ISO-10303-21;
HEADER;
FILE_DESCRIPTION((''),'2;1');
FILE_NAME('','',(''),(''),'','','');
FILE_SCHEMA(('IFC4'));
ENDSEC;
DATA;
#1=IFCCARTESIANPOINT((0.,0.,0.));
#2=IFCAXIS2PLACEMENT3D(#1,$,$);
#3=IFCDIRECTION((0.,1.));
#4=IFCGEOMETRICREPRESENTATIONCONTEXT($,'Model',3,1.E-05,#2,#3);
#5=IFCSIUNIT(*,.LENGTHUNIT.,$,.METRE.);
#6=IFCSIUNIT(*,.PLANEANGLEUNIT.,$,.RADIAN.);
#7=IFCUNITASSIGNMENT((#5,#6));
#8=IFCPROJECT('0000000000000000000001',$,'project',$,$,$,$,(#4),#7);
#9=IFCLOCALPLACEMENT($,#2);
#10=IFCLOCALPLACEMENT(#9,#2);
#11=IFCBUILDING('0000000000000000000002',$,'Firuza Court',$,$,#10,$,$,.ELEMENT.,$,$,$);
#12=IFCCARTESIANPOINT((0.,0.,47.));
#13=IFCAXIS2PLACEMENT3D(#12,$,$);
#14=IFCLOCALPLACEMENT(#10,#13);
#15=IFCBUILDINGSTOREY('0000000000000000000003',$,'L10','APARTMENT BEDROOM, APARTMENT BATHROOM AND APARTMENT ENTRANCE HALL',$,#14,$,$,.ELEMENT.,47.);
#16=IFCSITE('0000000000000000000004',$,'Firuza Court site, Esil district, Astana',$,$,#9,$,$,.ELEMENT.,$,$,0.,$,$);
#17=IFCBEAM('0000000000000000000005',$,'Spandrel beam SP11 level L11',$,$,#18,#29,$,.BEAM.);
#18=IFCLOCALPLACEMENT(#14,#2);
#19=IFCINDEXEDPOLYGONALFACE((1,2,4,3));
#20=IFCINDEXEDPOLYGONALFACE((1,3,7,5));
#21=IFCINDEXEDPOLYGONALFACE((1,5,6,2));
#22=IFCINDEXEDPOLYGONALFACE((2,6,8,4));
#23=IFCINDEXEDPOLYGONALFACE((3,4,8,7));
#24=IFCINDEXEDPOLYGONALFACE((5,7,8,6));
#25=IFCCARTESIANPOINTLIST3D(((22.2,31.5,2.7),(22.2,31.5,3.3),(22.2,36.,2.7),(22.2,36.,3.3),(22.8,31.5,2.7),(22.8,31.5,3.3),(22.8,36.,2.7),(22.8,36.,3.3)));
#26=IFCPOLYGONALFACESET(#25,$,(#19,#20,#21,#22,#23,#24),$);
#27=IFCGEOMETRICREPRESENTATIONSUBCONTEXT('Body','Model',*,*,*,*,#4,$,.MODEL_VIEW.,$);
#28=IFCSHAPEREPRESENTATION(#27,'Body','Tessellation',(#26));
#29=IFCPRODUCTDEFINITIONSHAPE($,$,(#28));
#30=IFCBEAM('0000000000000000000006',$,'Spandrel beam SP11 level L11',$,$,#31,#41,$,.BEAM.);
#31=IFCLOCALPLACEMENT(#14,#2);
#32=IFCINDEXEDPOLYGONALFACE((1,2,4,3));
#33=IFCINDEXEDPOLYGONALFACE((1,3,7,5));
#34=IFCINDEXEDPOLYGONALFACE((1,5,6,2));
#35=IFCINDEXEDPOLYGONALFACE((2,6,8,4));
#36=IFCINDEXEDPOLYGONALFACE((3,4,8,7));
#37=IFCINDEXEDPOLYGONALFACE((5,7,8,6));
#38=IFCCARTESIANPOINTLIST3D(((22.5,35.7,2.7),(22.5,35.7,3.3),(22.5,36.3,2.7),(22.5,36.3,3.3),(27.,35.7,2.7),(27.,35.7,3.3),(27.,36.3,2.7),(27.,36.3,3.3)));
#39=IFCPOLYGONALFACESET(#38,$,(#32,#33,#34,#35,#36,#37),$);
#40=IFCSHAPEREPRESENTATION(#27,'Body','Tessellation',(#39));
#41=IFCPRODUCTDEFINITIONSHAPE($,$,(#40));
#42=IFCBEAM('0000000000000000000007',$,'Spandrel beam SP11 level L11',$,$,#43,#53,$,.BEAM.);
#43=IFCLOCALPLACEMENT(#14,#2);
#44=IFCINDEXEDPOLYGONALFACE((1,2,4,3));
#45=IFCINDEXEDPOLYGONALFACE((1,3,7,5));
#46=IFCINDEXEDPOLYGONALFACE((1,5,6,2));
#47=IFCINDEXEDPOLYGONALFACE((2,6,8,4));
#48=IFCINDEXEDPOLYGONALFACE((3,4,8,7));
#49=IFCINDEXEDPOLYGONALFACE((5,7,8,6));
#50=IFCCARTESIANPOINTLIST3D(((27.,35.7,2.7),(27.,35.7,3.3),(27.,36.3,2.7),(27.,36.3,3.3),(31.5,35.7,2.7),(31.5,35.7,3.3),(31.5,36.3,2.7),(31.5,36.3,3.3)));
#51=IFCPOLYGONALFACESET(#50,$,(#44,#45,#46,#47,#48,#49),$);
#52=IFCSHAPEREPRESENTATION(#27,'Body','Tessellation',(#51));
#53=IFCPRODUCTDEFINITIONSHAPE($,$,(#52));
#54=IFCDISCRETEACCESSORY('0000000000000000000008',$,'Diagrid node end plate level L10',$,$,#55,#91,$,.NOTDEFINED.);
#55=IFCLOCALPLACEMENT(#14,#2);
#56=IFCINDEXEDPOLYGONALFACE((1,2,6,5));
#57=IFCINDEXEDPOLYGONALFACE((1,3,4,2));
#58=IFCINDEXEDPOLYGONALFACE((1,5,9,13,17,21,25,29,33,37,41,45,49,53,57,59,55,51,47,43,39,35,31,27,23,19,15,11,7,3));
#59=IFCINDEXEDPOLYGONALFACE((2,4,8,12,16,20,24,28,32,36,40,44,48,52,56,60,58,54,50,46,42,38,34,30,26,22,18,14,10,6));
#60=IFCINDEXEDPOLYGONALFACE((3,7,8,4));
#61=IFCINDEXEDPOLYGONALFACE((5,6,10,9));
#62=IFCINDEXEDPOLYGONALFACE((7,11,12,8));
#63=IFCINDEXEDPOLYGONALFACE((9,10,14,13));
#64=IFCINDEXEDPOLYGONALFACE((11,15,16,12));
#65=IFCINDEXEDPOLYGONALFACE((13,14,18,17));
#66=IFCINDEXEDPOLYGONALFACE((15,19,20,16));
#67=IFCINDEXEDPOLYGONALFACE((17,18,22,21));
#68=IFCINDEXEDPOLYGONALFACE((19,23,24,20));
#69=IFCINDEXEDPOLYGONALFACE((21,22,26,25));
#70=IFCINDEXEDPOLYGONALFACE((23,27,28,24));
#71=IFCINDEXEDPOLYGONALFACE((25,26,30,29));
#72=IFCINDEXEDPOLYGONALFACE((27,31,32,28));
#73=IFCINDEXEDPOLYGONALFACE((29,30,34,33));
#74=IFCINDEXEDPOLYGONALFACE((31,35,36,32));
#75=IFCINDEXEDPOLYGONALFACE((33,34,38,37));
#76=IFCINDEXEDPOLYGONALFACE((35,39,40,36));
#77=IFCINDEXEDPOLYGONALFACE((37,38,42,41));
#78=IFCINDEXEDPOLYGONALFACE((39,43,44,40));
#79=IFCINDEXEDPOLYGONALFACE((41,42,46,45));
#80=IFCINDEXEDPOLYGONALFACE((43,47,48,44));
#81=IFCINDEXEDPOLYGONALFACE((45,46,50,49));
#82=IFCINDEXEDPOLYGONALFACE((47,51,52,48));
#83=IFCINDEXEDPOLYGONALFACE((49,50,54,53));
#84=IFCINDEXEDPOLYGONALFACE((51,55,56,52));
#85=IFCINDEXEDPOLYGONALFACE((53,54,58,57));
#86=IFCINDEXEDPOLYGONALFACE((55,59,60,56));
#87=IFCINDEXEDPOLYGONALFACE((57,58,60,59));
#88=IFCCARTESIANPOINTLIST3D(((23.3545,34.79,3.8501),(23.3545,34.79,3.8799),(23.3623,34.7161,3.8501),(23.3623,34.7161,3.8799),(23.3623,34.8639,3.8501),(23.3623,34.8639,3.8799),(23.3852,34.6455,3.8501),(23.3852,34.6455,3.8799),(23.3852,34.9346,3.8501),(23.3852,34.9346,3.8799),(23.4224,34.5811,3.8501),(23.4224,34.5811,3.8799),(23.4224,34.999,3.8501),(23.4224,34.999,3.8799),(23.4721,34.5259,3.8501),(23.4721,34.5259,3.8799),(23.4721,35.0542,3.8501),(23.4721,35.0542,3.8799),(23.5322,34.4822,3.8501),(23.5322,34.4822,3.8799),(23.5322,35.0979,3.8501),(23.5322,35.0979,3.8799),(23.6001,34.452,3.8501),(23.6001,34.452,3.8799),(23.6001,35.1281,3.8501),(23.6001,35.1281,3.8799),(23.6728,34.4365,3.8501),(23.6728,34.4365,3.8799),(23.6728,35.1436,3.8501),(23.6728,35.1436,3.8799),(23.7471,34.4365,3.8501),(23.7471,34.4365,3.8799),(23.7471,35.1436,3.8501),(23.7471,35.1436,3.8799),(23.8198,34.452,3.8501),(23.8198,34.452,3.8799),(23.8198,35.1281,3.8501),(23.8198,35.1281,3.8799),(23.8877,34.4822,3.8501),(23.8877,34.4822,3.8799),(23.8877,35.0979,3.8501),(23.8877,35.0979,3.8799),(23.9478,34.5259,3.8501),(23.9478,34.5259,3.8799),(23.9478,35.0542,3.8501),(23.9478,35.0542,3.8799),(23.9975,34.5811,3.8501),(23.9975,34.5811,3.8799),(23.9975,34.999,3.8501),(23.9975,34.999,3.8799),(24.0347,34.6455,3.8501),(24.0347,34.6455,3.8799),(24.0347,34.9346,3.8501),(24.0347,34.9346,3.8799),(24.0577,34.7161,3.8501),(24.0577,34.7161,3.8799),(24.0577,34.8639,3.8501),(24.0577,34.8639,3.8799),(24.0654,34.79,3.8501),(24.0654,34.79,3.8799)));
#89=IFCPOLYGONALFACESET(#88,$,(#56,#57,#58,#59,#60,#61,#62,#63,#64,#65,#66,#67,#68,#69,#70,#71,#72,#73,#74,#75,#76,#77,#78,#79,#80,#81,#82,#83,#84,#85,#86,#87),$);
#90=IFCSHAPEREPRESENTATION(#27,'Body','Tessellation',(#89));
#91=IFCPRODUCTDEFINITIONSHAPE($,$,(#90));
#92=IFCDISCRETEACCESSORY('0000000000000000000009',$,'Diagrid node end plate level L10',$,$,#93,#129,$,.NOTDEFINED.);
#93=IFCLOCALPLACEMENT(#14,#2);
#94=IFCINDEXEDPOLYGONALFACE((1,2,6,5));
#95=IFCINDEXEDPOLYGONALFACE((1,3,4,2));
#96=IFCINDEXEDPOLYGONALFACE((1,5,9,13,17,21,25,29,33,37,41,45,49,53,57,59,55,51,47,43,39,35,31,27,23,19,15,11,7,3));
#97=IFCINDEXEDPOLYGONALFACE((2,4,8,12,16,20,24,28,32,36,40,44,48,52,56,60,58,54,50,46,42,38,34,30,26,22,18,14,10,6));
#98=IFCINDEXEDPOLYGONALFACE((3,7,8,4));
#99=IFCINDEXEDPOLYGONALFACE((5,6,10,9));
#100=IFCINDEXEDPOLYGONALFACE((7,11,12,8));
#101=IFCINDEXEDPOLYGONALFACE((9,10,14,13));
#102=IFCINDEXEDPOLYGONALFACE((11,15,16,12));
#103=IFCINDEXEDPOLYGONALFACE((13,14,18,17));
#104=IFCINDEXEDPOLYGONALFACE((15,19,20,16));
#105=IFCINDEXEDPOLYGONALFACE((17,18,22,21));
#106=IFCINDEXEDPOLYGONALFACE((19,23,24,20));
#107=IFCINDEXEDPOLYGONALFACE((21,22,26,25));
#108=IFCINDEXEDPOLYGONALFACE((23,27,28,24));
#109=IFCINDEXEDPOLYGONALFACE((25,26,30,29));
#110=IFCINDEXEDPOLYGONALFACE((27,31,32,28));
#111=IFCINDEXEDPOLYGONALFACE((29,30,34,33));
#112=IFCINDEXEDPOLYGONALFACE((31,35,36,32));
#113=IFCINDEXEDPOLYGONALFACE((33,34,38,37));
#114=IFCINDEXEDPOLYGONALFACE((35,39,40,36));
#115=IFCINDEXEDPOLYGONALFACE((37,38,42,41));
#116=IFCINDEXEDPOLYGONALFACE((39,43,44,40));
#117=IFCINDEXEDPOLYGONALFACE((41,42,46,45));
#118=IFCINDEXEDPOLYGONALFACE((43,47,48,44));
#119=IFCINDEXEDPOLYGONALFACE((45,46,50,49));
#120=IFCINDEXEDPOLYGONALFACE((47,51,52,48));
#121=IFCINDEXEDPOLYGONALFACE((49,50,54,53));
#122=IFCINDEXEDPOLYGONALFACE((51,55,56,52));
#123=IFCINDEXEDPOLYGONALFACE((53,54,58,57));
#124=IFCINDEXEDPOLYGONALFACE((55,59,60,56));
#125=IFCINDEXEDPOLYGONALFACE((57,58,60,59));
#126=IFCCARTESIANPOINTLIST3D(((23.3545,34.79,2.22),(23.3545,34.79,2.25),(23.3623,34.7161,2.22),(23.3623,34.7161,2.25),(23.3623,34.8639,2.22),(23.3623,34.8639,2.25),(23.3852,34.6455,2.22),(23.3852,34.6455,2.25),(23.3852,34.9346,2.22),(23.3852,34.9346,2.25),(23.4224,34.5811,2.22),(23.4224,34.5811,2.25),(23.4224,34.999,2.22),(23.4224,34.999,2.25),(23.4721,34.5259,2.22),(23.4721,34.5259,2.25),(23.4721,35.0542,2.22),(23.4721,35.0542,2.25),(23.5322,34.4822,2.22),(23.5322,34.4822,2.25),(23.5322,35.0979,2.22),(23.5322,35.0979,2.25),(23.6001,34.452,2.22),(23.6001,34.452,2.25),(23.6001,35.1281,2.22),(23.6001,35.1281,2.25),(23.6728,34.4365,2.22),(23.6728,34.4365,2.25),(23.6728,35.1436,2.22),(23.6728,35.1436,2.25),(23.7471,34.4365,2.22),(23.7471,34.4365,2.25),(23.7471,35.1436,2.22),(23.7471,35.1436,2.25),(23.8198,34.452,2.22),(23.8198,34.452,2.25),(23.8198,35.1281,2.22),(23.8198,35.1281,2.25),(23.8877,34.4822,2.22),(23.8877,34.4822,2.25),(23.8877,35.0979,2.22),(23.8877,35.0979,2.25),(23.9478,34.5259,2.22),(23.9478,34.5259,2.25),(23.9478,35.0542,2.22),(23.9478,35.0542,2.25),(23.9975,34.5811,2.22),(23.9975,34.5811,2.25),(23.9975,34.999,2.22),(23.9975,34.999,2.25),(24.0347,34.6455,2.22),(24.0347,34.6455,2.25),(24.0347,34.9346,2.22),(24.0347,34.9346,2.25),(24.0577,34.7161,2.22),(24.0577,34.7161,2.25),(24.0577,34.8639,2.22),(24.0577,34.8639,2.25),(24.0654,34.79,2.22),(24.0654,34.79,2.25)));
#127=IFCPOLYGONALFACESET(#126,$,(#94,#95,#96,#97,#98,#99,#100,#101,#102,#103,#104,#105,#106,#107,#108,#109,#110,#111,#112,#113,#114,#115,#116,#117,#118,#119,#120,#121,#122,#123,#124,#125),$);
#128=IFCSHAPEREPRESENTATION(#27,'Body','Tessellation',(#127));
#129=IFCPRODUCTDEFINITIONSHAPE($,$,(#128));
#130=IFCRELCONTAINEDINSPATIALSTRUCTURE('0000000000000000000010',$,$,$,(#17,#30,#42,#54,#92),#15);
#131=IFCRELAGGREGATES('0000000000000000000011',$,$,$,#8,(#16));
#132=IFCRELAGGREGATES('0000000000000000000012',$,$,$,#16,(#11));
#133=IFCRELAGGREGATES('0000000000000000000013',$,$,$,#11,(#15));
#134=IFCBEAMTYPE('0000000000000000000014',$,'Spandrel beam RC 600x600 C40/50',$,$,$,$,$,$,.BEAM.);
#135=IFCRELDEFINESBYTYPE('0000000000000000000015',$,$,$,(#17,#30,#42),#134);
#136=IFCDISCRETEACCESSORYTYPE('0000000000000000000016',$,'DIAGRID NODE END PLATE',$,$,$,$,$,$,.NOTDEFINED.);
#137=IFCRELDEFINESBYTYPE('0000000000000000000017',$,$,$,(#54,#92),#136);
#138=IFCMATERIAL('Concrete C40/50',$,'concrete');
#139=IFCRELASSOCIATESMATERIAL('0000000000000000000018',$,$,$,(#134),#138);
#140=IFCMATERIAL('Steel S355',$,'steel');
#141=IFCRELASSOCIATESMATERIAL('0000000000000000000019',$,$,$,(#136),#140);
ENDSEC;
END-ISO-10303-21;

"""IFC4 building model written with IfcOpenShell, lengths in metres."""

from ifc_helpers import new_model, si_unit, direction, frame, origin, origin_2d, place, context, subcontext, project, spatial, rectangle, circle, extrude, material, material_profile, profile_set, type_object, element, save


model = new_model("IFC4")

# Units and contexts
model_context = context("Model", 3, precision=1e-05, world=origin(), true_north=direction((0.0, 1.0)))
body_context = subcontext(model_context, "Body", "Model", "MODEL_VIEW")
ifc_project = project(units=[si_unit("LENGTHUNIT", "METRE"), si_unit("PLANEANGLEUNIT", "RADIAN")], contexts=[model_context])

# Site, building, storey
site_placement = place(None, origin())
site = spatial("IfcSite", under=ifc_project, at=site_placement, Name="Firuza Court site, Esil district, Astana", CompositionType="ELEMENT", RefElevation=0.0)
building_placement = place(site_placement, origin())
building = spatial("IfcBuilding", under=site, at=building_placement, Name="Firuza Court", CompositionType="ELEMENT")
storey_placement = place(building_placement, frame((0.0, 0.0, 47.0)))
storey = spatial("IfcBuildingStorey", under=building, at=storey_placement, Name="L10", Description="APARTMENT BEDROOM, APARTMENT BATHROOM AND APARTMENT ENTRANCE HALL", CompositionType="ELEMENT", Elevation=47.0)

# Beams
ifc_material_1 = material(Name="Concrete C40/50", Category="concrete")
ifc_material_profile_1 = material_profile(ifc_material_1, rectangle(XDim=0.6001, YDim=0.6001, at=origin_2d()), Name="RC 600x600")
ifc_profile_set_1 = profile_set([ifc_material_profile_1], Name="Concrete C40/50")
beam_type_1 = type_object("IfcBeamType", Name="Spandrel beam RC 600x600 C40/50", PredefinedType="BEAM", material=ifc_profile_set_1)
for number, where, z_axis, x_axis, name in (
    (1, (22.5, 31.5, 3.0), (0.0, 1.0, 0.0), (-1.0, 0.0, 0.0), "Spandrel beam SP11 level L11"),
    (2, (22.5, 36.0, 3.0), (1.0, 0.0, 0.0), (0.0, 1.0, 0.0), "Spandrel beam SP11 level L11"),
    (3, (27.0, 36.0, 3.0), (1.0, 0.0, 0.0), (0.0, 1.0, 0.0), "Spandrel beam SP11 level L11"),
):
    element("IfcBeam", number, at=place(storey_placement, frame(where, z_axis=z_axis, x_axis=x_axis)), inside=storey, type_object=beam_type_1, Name=name, PredefinedType="BEAM", context=body_context, shape_type="SweptSolid", body=[
        extrude(rectangle(XDim=0.6001, YDim=0.6001, at=origin_2d()), origin(), (0.0, 0.0, 1.0), 4.5),
    ])

# Discrete accessories
ifc_material_2 = material(Name="Steel S355", Category="steel")
ifc_material_profile_2 = material_profile(ifc_material_2, circle(Radius=0.3555, at=origin_2d()), Name="PL D711")
ifc_profile_set_2 = profile_set([ifc_material_profile_2], Name="Steel S355")
discrete_accessory_type = type_object("IfcDiscreteAccessoryType", Name="DIAGRID NODE END PLATE", PredefinedType="NOTDEFINED", material=ifc_profile_set_2)
discrete_accessory_1_placement = place(storey_placement, frame((23.71, 34.79, 3.8501), z_axis=(0.0, 0.0, 1.0), x_axis=(1.0, 0.0, 0.0)))
element("IfcDiscreteAccessory", 4, at=discrete_accessory_1_placement, inside=storey, type_object=discrete_accessory_type, Name="Diagrid node end plate level L10", PredefinedType="NOTDEFINED", context=body_context, shape_type="SweptSolid", body=[
    extrude(circle(Radius=0.3555, at=origin_2d()), origin(), (0.0, 0.0, 1.0), 0.0298),
])
discrete_accessory_2_placement = place(storey_placement, frame((23.71, 34.79, 2.22), z_axis=(0.0, 0.0, 1.0), x_axis=(1.0, 0.0, 0.0)))
element("IfcDiscreteAccessory", 5, at=discrete_accessory_2_placement, inside=storey, type_object=discrete_accessory_type, Name="Diagrid node end plate level L10", PredefinedType="NOTDEFINED", context=body_context, shape_type="SweptSolid", body=[
    extrude(circle(Radius=0.3555, at=origin_2d()), origin(), (0.0, 0.0, 1.0), 0.03),
])

save(model, "model.ifc")
